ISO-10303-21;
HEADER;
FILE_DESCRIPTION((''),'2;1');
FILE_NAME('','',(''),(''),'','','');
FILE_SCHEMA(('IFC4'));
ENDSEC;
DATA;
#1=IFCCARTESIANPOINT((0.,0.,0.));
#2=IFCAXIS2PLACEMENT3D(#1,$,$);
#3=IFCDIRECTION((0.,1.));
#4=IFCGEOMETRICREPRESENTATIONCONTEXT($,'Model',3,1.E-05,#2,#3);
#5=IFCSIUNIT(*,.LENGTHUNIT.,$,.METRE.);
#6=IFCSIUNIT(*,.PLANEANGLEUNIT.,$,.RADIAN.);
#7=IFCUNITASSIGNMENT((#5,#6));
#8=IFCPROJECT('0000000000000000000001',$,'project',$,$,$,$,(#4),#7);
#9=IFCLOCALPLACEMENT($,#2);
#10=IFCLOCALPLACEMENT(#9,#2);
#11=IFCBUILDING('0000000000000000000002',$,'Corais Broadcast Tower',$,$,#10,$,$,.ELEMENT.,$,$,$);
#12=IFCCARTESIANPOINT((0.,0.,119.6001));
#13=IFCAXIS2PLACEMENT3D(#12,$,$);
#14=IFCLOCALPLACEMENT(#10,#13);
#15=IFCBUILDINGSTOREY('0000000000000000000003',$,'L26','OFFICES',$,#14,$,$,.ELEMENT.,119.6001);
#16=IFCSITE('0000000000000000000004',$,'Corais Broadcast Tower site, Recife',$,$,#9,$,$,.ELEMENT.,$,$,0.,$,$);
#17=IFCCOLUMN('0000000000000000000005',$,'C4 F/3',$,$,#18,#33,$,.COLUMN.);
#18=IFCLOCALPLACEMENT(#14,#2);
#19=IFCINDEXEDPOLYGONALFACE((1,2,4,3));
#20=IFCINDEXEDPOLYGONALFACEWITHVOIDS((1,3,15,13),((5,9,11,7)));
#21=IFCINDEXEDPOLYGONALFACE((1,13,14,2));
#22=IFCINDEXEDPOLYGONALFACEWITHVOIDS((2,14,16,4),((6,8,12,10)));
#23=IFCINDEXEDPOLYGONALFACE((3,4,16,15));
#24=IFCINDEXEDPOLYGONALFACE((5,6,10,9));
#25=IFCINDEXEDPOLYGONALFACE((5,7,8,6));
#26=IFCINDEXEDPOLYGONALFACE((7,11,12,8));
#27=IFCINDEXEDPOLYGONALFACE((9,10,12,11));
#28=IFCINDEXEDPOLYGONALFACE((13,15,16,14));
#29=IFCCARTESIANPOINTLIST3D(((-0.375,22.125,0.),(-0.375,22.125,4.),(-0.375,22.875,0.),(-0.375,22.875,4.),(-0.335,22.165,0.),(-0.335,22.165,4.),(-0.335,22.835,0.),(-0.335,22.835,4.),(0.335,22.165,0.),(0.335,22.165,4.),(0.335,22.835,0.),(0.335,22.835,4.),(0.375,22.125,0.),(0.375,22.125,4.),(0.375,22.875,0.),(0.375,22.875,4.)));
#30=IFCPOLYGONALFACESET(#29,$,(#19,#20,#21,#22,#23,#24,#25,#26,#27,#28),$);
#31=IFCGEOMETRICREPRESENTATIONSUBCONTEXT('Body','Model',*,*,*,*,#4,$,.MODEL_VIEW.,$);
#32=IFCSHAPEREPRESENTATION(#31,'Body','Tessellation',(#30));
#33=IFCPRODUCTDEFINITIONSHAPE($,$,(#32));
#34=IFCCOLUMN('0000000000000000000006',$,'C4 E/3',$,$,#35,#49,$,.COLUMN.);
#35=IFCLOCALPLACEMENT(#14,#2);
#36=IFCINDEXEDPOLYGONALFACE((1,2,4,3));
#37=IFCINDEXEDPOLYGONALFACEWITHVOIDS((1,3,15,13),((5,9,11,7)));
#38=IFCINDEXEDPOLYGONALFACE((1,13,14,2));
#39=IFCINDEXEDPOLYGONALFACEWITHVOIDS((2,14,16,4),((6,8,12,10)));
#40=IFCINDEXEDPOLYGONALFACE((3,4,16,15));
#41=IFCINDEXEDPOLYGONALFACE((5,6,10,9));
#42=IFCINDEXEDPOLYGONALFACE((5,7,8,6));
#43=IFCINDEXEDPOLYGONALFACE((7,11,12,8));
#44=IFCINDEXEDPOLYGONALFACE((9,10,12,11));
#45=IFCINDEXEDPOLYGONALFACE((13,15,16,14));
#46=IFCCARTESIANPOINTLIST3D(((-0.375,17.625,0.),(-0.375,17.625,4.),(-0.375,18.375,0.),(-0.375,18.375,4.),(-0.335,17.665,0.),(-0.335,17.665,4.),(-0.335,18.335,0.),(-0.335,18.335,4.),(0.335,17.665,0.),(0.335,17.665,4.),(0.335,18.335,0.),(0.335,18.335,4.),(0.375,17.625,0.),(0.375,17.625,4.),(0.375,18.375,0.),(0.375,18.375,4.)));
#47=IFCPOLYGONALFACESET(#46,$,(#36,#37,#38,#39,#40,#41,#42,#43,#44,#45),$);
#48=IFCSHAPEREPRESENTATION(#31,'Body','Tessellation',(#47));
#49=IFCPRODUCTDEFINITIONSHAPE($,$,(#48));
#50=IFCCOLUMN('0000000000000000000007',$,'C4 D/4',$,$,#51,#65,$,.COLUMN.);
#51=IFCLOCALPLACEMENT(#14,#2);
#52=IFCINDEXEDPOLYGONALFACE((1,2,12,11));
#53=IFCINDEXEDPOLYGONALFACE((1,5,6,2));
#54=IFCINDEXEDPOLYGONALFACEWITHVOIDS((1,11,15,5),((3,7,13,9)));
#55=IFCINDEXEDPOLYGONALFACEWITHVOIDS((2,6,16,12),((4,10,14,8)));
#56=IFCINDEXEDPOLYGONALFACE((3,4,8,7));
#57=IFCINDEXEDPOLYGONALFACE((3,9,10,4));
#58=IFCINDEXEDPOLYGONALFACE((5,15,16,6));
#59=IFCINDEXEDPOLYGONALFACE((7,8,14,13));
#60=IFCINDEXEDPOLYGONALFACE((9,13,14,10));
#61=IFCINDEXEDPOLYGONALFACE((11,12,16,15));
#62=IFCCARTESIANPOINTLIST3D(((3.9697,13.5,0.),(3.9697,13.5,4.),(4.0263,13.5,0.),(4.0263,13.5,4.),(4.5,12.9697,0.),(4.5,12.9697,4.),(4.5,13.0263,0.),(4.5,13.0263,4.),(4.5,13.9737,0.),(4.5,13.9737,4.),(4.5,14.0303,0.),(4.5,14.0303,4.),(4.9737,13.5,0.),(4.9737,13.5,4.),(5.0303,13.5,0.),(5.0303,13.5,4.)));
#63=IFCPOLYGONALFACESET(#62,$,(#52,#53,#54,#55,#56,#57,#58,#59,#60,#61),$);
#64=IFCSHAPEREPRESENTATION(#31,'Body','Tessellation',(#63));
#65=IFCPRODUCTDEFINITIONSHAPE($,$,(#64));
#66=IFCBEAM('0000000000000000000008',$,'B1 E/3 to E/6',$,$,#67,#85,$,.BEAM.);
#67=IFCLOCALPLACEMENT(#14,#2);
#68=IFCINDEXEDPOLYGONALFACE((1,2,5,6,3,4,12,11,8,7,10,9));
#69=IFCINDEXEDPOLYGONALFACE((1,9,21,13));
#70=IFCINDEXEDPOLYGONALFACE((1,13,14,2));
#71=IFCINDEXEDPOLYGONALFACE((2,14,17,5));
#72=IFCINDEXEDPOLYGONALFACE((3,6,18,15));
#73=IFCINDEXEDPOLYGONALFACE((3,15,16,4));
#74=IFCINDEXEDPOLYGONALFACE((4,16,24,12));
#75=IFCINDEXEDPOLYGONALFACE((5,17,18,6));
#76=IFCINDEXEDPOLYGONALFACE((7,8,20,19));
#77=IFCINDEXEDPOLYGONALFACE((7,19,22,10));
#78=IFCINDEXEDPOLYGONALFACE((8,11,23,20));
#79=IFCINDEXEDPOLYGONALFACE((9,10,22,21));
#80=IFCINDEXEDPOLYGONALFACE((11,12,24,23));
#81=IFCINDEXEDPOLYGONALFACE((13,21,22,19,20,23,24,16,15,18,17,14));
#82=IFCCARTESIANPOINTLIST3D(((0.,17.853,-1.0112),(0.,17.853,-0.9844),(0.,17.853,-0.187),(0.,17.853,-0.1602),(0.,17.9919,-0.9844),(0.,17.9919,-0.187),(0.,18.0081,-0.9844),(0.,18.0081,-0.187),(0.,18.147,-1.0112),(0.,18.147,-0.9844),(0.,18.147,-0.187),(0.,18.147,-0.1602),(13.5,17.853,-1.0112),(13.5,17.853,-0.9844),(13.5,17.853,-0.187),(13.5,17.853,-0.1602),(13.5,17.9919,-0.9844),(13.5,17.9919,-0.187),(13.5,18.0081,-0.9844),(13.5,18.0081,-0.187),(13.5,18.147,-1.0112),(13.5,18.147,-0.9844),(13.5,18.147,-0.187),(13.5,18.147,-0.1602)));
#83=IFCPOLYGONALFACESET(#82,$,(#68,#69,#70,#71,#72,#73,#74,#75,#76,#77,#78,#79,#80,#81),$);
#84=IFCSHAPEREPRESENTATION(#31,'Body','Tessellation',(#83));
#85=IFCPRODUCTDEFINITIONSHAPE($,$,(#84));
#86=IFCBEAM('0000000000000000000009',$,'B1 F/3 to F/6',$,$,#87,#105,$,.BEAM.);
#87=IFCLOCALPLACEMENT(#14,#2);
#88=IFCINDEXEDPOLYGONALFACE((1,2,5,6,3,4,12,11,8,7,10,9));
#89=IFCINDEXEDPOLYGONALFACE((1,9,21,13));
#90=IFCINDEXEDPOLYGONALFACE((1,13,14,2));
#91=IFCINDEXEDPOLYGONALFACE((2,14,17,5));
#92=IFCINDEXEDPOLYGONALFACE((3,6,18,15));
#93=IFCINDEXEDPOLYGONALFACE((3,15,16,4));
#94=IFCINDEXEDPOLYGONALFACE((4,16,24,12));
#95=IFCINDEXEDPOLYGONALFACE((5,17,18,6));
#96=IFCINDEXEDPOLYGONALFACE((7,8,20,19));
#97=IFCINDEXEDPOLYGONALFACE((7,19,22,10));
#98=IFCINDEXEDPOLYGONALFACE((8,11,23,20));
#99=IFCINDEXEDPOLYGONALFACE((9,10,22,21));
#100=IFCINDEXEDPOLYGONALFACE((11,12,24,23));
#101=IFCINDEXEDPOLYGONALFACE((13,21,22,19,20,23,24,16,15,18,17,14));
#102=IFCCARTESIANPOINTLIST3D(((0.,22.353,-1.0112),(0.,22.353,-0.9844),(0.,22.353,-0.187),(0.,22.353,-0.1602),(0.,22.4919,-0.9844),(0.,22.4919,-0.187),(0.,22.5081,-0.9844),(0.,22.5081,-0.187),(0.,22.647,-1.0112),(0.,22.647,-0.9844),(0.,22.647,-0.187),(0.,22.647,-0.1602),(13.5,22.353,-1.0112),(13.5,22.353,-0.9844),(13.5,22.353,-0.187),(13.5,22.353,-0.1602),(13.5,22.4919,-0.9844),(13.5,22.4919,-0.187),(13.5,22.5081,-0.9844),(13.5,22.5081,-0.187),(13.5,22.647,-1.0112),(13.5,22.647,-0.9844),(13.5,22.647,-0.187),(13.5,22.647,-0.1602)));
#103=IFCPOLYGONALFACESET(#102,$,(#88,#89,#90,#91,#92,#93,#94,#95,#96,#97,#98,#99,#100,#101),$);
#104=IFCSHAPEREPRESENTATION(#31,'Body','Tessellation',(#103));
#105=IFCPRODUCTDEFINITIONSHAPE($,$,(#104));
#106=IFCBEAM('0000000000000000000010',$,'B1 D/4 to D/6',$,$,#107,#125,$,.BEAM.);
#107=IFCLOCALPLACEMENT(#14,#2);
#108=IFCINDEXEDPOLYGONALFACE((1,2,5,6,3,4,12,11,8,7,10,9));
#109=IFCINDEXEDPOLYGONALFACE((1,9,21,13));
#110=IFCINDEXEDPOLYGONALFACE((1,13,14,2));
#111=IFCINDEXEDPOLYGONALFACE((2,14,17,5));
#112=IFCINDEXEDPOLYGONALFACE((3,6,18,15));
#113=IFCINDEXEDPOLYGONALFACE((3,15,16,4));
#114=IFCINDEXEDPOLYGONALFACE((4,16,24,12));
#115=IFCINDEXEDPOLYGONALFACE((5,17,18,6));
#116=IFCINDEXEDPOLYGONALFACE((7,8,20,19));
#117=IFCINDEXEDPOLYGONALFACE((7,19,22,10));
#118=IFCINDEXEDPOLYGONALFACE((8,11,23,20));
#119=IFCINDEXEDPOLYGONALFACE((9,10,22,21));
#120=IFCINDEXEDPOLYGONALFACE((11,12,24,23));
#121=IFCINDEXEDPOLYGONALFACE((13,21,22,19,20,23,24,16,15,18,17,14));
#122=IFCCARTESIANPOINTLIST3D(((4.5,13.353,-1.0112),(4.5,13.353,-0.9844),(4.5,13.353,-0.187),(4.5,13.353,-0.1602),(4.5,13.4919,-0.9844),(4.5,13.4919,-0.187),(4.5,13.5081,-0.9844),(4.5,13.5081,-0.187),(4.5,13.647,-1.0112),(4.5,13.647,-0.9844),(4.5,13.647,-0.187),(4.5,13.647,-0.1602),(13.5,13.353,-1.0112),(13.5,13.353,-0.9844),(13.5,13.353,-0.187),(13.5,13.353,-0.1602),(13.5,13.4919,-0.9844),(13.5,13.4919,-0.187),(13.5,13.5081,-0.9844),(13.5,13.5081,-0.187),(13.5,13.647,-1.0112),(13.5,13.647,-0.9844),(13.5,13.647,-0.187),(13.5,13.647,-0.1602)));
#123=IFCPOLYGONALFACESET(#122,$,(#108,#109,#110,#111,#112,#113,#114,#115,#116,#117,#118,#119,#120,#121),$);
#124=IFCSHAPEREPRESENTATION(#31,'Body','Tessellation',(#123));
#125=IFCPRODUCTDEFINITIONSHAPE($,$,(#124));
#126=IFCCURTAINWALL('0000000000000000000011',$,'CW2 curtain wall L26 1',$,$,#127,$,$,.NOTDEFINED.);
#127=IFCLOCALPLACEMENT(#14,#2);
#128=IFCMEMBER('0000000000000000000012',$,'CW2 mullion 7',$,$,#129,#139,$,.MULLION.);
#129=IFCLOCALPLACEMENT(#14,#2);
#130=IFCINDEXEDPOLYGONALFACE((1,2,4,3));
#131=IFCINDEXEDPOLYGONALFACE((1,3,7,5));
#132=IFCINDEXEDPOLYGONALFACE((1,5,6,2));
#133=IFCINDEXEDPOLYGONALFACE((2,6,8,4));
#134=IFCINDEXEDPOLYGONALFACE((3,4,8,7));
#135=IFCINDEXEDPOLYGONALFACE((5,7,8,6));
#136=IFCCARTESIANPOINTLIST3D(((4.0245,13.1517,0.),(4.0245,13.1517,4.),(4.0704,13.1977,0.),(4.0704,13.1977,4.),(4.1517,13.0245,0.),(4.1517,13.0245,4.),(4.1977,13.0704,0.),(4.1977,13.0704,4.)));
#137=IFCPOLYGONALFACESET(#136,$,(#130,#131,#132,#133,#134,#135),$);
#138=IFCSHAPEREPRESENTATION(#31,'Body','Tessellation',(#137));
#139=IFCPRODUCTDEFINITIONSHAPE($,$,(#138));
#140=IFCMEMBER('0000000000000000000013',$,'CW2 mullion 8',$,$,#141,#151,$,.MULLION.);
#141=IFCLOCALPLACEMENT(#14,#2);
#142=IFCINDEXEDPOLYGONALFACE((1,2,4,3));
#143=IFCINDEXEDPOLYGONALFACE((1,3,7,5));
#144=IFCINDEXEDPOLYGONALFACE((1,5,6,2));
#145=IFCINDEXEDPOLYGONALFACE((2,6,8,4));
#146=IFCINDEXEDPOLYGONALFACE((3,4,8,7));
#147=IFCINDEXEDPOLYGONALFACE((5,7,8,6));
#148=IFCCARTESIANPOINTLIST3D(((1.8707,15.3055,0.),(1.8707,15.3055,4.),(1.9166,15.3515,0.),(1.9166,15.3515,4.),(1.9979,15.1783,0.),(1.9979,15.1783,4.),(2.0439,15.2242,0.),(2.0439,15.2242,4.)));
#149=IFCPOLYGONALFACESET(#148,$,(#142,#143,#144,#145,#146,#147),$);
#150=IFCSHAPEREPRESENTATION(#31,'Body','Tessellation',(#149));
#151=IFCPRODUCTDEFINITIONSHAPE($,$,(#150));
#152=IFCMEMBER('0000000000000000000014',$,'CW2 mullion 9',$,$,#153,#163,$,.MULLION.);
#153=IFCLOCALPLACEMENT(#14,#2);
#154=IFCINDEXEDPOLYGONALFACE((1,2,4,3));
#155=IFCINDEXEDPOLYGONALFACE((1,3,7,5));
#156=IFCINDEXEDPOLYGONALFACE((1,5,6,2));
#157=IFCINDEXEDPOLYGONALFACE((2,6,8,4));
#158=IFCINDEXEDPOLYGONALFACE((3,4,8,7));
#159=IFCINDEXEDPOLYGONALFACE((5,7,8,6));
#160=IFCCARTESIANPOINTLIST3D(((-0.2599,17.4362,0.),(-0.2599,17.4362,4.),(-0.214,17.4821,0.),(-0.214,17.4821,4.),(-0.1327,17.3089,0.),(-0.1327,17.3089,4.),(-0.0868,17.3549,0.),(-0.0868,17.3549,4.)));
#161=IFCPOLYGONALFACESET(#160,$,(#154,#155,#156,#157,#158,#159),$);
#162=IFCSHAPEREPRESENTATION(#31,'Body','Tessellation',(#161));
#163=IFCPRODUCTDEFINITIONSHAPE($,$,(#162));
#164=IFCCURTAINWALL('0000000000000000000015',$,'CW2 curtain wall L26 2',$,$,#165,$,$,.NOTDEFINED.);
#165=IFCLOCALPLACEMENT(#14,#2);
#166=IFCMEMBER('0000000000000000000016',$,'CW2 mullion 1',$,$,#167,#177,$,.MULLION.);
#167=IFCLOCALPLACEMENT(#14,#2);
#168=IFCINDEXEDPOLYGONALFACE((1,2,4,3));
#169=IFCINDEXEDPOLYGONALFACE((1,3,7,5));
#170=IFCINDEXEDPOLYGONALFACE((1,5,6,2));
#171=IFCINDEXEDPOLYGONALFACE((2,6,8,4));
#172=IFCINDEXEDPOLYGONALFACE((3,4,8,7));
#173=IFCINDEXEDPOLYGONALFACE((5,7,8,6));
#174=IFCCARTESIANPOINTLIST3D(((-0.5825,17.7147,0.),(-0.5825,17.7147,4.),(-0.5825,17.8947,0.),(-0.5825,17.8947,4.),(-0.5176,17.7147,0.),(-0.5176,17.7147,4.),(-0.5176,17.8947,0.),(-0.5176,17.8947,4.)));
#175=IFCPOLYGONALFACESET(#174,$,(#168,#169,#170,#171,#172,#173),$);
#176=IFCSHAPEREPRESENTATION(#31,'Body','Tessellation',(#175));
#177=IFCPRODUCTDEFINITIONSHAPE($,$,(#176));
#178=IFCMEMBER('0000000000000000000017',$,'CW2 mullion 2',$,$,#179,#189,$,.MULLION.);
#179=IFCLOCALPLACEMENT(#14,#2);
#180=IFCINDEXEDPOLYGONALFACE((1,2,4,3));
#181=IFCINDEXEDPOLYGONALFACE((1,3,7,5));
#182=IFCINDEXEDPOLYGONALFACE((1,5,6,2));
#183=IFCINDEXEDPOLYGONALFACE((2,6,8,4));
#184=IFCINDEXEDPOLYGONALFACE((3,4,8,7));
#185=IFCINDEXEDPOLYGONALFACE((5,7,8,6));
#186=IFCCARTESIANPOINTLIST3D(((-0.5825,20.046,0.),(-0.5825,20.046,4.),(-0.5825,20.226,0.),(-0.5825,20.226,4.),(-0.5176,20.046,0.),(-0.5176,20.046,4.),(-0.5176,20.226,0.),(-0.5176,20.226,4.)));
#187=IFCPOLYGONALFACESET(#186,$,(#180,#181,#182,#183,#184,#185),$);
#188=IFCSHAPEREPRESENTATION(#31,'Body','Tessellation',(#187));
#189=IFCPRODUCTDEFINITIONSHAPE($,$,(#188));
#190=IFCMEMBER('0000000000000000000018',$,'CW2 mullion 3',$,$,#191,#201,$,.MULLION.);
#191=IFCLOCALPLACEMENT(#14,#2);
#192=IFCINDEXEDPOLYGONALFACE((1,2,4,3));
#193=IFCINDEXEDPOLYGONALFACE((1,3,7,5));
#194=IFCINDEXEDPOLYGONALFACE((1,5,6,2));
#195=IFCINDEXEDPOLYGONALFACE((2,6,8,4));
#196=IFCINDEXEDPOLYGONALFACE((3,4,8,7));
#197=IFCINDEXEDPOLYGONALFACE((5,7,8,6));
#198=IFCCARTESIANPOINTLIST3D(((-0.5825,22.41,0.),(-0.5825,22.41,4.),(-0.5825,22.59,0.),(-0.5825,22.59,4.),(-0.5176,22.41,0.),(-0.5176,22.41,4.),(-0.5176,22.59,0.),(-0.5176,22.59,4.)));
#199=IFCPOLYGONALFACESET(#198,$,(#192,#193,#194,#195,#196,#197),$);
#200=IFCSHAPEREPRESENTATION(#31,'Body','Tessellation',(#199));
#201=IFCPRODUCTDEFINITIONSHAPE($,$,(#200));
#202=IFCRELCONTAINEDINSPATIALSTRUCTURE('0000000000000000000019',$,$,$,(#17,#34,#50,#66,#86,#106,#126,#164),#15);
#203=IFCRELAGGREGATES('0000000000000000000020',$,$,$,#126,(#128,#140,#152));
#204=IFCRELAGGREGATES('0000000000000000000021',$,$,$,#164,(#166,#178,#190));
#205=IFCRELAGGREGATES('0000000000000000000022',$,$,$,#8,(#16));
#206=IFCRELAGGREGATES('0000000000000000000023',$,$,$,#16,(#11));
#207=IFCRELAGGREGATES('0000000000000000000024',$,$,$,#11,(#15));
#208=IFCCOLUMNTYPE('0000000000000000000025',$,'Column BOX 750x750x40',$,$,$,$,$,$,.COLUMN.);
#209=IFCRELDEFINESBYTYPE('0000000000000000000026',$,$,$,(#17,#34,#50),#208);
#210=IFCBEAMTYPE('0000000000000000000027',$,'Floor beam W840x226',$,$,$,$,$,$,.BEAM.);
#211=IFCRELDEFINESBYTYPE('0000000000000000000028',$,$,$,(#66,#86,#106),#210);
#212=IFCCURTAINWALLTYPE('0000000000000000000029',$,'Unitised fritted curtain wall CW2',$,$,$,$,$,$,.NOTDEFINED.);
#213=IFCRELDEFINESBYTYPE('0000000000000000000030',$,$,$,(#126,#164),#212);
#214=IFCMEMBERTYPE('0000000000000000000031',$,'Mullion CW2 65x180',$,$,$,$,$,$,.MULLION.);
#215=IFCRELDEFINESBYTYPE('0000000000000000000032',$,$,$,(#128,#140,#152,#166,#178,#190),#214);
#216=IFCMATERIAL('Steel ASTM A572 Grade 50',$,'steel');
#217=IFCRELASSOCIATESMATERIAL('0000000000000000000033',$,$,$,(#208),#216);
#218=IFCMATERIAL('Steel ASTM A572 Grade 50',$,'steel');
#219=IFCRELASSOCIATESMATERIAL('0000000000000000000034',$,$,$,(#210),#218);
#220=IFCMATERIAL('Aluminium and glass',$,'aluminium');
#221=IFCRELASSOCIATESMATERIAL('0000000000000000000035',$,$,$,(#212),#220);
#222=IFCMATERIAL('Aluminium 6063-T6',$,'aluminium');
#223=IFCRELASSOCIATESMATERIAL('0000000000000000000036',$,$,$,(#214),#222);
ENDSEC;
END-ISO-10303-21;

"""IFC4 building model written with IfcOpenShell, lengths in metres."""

from ifc_helpers import new_model, si_unit, direction, frame, origin, origin_2d, place, context, subcontext, project, spatial, rectangle, hollow_rectangle, i_section, extrude, material, material_profile, profile_set, type_object, element, aggregate, save


model = new_model("IFC4")

# Units and contexts
model_context = context("Model", 3, precision=1e-05, world=origin(), true_north=direction((0.0, 1.0)))
body_context = subcontext(model_context, "Body", "Model", "MODEL_VIEW")
ifc_project = project(units=[si_unit("LENGTHUNIT", "METRE"), si_unit("PLANEANGLEUNIT", "RADIAN")], contexts=[model_context])

# Site, building, storey
site_placement = place(None, origin())
site = spatial("IfcSite", under=ifc_project, at=site_placement, Name="Corais Broadcast Tower site, Recife", CompositionType="ELEMENT", RefElevation=0.0)
building_placement = place(site_placement, origin())
building = spatial("IfcBuilding", under=site, at=building_placement, Name="Corais Broadcast Tower", CompositionType="ELEMENT")
storey_placement = place(building_placement, frame((0.0, 0.0, 119.6001)))
storey = spatial("IfcBuildingStorey", under=building, at=storey_placement, Name="L26", Description="OFFICES", CompositionType="ELEMENT", Elevation=119.6001)

# Columns
ifc_material_1 = material(Name="Steel ASTM A572 Grade 50", Category="steel")
ifc_material_profile_1 = material_profile(ifc_material_1, hollow_rectangle(XDim=0.75, YDim=0.75, WallThickness=0.04, at=origin_2d()), Name="BOX 750x750x40")
ifc_profile_set_1 = profile_set([ifc_material_profile_1], Name="Steel ASTM A572 Grade 50")
column_type = type_object("IfcColumnType", Name="Column BOX 750x750x40", PredefinedType="COLUMN", material=ifc_profile_set_1)
for number, where, z_axis, x_axis, name in (
    (1, (0.0, 22.5, 0.0), (0.0, 0.0, 1.0), (1.0, 0.0, 0.0), "C4 F/3"),
    (2, (0.0, 18.0, 0.0), (0.0, 0.0, 1.0), (1.0, 0.0, 0.0), "C4 E/3"),
    (3, (4.5, 13.5, 0.0), (0.0, 0.0, 1.0), (0.707107, 0.707107, 0.0), "C4 D/4"),
):
    element("IfcColumn", number, at=place(storey_placement, frame(where, z_axis=z_axis, x_axis=x_axis)), inside=storey, type_object=column_type, Name=name, PredefinedType="COLUMN", context=body_context, shape_type="SweptSolid", body=[
        extrude(hollow_rectangle(XDim=0.75, YDim=0.75, WallThickness=0.04, at=origin_2d()), origin(), (0.0, 0.0, 1.0), 4.0),
    ])

# Beams
ifc_material_2 = material(Name="Steel ASTM A572 Grade 50", Category="steel")
ifc_material_profile_2 = material_profile(ifc_material_2, i_section(OverallWidth=0.2939, OverallDepth=0.8511, WebThickness=0.0161, FlangeThickness=0.0269, at=origin_2d()), Name="W840x226")
ifc_profile_set_2 = profile_set([ifc_material_profile_2], Name="Steel ASTM A572 Grade 50")
beam_type_1 = type_object("IfcBeamType", Name="Floor beam W840x226", PredefinedType="BEAM", material=ifc_profile_set_2)
for number, where, z_axis, x_axis, name in (
    (4, (0.0, 18.0, -0.5857), (1.0, 0.0, 0.0), (0.0, 1.0, 0.0), "B1 E/3 to E/6"),
    (5, (0.0, 22.5, -0.5857), (1.0, 0.0, 0.0), (0.0, 1.0, 0.0), "B1 F/3 to F/6"),
):
    element("IfcBeam", number, at=place(storey_placement, frame(where, z_axis=z_axis, x_axis=x_axis)), inside=storey, type_object=beam_type_1, Name=name, PredefinedType="BEAM", context=body_context, shape_type="SweptSolid", body=[
        extrude(i_section(OverallWidth=0.2939, OverallDepth=0.8511, WebThickness=0.0161, FlangeThickness=0.0269, at=origin_2d()), origin(), (0.0, 0.0, 1.0), 13.5),
    ])
beam_1_placement = place(storey_placement, frame((4.5, 13.5, -0.5857), z_axis=(1.0, 0.0, 0.0), x_axis=(0.0, 1.0, 0.0)))
element("IfcBeam", 6, at=beam_1_placement, inside=storey, type_object=beam_type_1, Name="B1 D/4 to D/6", PredefinedType="BEAM", context=body_context, shape_type="SweptSolid", body=[
    extrude(i_section(OverallWidth=0.2939, OverallDepth=0.8511, WebThickness=0.0161, FlangeThickness=0.0269, at=origin_2d()), origin(), (0.0, 0.0, 1.0), 9.0),
])

# Curtain walls, members
ifc_material_3 = material(Name="Aluminium and glass", Category="aluminium")
curtain_wall_type = type_object("IfcCurtainWallType", Name="Unitised fritted curtain wall CW2", PredefinedType="NOTDEFINED", material=ifc_material_3)
curtain_wall_1_placement = place(storey_placement, origin())
curtain_wall_1 = element("IfcCurtainWall", 7, at=curtain_wall_1_placement, inside=storey, type_object=curtain_wall_type, Name="CW2 curtain wall L26 1", PredefinedType="NOTDEFINED")
ifc_material_4 = material(Name="Aluminium 6063-T6", Category="aluminium")
ifc_material_profile_3 = material_profile(ifc_material_4, rectangle(XDim=0.0649, YDim=0.1799, at=origin_2d()), Name="Mullion CW2 65x180")
ifc_profile_set_3 = profile_set([ifc_material_profile_3], Name="Aluminium 6063-T6")
member_type_1 = type_object("IfcMemberType", Name="Mullion CW2 65x180", PredefinedType="MULLION", material=ifc_profile_set_3)
member_1_placement = place(storey_placement, frame((4.1111, 13.1111, 0.0), z_axis=(0.0, 0.0, 1.0), x_axis=(-0.707107, -0.707107, 0.0)))
member_1 = element("IfcMember", 8, at=member_1_placement, type_object=member_type_1, Name="CW2 mullion 7", PredefinedType="MULLION", context=body_context, shape_type="SweptSolid", body=[
    extrude(rectangle(XDim=0.0649, YDim=0.1799, at=origin_2d()), origin(), (0.0, 0.0, 1.0), 4.0),
])
member_2_placement = place(storey_placement, frame((1.9573, 15.2649, 0.0), z_axis=(0.0, 0.0, 1.0), x_axis=(-0.707107, -0.707107, 0.0)))
member_2 = element("IfcMember", 9, at=member_2_placement, type_object=member_type_1, Name="CW2 mullion 8", PredefinedType="MULLION", context=body_context, shape_type="SweptSolid", body=[
    extrude(rectangle(XDim=0.0649, YDim=0.1799, at=origin_2d()), origin(), (0.0, 0.0, 1.0), 4.0),
])
member_3_placement = place(storey_placement, frame((-0.1733, 17.3955, 0.0), z_axis=(0.0, 0.0, 1.0), x_axis=(-0.707107, -0.707107, 0.0)))
member_3 = element("IfcMember", 10, at=member_3_placement, type_object=member_type_1, Name="CW2 mullion 9", PredefinedType="MULLION", context=body_context, shape_type="SweptSolid", body=[
    extrude(rectangle(XDim=0.0649, YDim=0.1799, at=origin_2d()), origin(), (0.0, 0.0, 1.0), 4.0),
])
curtain_wall_2_placement = place(storey_placement, origin())
curtain_wall_2 = element("IfcCurtainWall", 11, at=curtain_wall_2_placement, inside=storey, type_object=curtain_wall_type, Name="CW2 curtain wall L26 2", PredefinedType="NOTDEFINED")
member_4_placement = place(storey_placement, frame((-0.55, 17.8047, 0.0), z_axis=(0.0, 0.0, 1.0), x_axis=(-1.0, 0.0, 0.0)))
member_4 = element("IfcMember", 12, at=member_4_placement, type_object=member_type_1, Name="CW2 mullion 1", PredefinedType="MULLION", context=body_context, shape_type="SweptSolid", body=[
    extrude(rectangle(XDim=0.0649, YDim=0.1799, at=origin_2d()), origin(), (0.0, 0.0, 1.0), 4.0),
])
member_5_placement = place(storey_placement, frame((-0.55, 20.136, 0.0), z_axis=(0.0, 0.0, 1.0), x_axis=(-1.0, 0.0, 0.0)))
member_5 = element("IfcMember", 13, at=member_5_placement, type_object=member_type_1, Name="CW2 mullion 2", PredefinedType="MULLION", context=body_context, shape_type="SweptSolid", body=[
    extrude(rectangle(XDim=0.0649, YDim=0.1799, at=origin_2d()), origin(), (0.0, 0.0, 1.0), 4.0),
])
member_6_placement = place(storey_placement, frame((-0.55, 22.5, 0.0), z_axis=(0.0, 0.0, 1.0), x_axis=(-1.0, 0.0, 0.0)))
member_6 = element("IfcMember", 14, at=member_6_placement, type_object=member_type_1, Name="CW2 mullion 3", PredefinedType="MULLION", context=body_context, shape_type="SweptSolid", body=[
    extrude(rectangle(XDim=0.0649, YDim=0.1799, at=origin_2d()), origin(), (0.0, 0.0, 1.0), 4.0),
])

aggregate(curtain_wall_1, [member_1, member_2, member_3])
aggregate(curtain_wall_2, [member_4, member_5, member_6])

save(model, "model.ifc")
